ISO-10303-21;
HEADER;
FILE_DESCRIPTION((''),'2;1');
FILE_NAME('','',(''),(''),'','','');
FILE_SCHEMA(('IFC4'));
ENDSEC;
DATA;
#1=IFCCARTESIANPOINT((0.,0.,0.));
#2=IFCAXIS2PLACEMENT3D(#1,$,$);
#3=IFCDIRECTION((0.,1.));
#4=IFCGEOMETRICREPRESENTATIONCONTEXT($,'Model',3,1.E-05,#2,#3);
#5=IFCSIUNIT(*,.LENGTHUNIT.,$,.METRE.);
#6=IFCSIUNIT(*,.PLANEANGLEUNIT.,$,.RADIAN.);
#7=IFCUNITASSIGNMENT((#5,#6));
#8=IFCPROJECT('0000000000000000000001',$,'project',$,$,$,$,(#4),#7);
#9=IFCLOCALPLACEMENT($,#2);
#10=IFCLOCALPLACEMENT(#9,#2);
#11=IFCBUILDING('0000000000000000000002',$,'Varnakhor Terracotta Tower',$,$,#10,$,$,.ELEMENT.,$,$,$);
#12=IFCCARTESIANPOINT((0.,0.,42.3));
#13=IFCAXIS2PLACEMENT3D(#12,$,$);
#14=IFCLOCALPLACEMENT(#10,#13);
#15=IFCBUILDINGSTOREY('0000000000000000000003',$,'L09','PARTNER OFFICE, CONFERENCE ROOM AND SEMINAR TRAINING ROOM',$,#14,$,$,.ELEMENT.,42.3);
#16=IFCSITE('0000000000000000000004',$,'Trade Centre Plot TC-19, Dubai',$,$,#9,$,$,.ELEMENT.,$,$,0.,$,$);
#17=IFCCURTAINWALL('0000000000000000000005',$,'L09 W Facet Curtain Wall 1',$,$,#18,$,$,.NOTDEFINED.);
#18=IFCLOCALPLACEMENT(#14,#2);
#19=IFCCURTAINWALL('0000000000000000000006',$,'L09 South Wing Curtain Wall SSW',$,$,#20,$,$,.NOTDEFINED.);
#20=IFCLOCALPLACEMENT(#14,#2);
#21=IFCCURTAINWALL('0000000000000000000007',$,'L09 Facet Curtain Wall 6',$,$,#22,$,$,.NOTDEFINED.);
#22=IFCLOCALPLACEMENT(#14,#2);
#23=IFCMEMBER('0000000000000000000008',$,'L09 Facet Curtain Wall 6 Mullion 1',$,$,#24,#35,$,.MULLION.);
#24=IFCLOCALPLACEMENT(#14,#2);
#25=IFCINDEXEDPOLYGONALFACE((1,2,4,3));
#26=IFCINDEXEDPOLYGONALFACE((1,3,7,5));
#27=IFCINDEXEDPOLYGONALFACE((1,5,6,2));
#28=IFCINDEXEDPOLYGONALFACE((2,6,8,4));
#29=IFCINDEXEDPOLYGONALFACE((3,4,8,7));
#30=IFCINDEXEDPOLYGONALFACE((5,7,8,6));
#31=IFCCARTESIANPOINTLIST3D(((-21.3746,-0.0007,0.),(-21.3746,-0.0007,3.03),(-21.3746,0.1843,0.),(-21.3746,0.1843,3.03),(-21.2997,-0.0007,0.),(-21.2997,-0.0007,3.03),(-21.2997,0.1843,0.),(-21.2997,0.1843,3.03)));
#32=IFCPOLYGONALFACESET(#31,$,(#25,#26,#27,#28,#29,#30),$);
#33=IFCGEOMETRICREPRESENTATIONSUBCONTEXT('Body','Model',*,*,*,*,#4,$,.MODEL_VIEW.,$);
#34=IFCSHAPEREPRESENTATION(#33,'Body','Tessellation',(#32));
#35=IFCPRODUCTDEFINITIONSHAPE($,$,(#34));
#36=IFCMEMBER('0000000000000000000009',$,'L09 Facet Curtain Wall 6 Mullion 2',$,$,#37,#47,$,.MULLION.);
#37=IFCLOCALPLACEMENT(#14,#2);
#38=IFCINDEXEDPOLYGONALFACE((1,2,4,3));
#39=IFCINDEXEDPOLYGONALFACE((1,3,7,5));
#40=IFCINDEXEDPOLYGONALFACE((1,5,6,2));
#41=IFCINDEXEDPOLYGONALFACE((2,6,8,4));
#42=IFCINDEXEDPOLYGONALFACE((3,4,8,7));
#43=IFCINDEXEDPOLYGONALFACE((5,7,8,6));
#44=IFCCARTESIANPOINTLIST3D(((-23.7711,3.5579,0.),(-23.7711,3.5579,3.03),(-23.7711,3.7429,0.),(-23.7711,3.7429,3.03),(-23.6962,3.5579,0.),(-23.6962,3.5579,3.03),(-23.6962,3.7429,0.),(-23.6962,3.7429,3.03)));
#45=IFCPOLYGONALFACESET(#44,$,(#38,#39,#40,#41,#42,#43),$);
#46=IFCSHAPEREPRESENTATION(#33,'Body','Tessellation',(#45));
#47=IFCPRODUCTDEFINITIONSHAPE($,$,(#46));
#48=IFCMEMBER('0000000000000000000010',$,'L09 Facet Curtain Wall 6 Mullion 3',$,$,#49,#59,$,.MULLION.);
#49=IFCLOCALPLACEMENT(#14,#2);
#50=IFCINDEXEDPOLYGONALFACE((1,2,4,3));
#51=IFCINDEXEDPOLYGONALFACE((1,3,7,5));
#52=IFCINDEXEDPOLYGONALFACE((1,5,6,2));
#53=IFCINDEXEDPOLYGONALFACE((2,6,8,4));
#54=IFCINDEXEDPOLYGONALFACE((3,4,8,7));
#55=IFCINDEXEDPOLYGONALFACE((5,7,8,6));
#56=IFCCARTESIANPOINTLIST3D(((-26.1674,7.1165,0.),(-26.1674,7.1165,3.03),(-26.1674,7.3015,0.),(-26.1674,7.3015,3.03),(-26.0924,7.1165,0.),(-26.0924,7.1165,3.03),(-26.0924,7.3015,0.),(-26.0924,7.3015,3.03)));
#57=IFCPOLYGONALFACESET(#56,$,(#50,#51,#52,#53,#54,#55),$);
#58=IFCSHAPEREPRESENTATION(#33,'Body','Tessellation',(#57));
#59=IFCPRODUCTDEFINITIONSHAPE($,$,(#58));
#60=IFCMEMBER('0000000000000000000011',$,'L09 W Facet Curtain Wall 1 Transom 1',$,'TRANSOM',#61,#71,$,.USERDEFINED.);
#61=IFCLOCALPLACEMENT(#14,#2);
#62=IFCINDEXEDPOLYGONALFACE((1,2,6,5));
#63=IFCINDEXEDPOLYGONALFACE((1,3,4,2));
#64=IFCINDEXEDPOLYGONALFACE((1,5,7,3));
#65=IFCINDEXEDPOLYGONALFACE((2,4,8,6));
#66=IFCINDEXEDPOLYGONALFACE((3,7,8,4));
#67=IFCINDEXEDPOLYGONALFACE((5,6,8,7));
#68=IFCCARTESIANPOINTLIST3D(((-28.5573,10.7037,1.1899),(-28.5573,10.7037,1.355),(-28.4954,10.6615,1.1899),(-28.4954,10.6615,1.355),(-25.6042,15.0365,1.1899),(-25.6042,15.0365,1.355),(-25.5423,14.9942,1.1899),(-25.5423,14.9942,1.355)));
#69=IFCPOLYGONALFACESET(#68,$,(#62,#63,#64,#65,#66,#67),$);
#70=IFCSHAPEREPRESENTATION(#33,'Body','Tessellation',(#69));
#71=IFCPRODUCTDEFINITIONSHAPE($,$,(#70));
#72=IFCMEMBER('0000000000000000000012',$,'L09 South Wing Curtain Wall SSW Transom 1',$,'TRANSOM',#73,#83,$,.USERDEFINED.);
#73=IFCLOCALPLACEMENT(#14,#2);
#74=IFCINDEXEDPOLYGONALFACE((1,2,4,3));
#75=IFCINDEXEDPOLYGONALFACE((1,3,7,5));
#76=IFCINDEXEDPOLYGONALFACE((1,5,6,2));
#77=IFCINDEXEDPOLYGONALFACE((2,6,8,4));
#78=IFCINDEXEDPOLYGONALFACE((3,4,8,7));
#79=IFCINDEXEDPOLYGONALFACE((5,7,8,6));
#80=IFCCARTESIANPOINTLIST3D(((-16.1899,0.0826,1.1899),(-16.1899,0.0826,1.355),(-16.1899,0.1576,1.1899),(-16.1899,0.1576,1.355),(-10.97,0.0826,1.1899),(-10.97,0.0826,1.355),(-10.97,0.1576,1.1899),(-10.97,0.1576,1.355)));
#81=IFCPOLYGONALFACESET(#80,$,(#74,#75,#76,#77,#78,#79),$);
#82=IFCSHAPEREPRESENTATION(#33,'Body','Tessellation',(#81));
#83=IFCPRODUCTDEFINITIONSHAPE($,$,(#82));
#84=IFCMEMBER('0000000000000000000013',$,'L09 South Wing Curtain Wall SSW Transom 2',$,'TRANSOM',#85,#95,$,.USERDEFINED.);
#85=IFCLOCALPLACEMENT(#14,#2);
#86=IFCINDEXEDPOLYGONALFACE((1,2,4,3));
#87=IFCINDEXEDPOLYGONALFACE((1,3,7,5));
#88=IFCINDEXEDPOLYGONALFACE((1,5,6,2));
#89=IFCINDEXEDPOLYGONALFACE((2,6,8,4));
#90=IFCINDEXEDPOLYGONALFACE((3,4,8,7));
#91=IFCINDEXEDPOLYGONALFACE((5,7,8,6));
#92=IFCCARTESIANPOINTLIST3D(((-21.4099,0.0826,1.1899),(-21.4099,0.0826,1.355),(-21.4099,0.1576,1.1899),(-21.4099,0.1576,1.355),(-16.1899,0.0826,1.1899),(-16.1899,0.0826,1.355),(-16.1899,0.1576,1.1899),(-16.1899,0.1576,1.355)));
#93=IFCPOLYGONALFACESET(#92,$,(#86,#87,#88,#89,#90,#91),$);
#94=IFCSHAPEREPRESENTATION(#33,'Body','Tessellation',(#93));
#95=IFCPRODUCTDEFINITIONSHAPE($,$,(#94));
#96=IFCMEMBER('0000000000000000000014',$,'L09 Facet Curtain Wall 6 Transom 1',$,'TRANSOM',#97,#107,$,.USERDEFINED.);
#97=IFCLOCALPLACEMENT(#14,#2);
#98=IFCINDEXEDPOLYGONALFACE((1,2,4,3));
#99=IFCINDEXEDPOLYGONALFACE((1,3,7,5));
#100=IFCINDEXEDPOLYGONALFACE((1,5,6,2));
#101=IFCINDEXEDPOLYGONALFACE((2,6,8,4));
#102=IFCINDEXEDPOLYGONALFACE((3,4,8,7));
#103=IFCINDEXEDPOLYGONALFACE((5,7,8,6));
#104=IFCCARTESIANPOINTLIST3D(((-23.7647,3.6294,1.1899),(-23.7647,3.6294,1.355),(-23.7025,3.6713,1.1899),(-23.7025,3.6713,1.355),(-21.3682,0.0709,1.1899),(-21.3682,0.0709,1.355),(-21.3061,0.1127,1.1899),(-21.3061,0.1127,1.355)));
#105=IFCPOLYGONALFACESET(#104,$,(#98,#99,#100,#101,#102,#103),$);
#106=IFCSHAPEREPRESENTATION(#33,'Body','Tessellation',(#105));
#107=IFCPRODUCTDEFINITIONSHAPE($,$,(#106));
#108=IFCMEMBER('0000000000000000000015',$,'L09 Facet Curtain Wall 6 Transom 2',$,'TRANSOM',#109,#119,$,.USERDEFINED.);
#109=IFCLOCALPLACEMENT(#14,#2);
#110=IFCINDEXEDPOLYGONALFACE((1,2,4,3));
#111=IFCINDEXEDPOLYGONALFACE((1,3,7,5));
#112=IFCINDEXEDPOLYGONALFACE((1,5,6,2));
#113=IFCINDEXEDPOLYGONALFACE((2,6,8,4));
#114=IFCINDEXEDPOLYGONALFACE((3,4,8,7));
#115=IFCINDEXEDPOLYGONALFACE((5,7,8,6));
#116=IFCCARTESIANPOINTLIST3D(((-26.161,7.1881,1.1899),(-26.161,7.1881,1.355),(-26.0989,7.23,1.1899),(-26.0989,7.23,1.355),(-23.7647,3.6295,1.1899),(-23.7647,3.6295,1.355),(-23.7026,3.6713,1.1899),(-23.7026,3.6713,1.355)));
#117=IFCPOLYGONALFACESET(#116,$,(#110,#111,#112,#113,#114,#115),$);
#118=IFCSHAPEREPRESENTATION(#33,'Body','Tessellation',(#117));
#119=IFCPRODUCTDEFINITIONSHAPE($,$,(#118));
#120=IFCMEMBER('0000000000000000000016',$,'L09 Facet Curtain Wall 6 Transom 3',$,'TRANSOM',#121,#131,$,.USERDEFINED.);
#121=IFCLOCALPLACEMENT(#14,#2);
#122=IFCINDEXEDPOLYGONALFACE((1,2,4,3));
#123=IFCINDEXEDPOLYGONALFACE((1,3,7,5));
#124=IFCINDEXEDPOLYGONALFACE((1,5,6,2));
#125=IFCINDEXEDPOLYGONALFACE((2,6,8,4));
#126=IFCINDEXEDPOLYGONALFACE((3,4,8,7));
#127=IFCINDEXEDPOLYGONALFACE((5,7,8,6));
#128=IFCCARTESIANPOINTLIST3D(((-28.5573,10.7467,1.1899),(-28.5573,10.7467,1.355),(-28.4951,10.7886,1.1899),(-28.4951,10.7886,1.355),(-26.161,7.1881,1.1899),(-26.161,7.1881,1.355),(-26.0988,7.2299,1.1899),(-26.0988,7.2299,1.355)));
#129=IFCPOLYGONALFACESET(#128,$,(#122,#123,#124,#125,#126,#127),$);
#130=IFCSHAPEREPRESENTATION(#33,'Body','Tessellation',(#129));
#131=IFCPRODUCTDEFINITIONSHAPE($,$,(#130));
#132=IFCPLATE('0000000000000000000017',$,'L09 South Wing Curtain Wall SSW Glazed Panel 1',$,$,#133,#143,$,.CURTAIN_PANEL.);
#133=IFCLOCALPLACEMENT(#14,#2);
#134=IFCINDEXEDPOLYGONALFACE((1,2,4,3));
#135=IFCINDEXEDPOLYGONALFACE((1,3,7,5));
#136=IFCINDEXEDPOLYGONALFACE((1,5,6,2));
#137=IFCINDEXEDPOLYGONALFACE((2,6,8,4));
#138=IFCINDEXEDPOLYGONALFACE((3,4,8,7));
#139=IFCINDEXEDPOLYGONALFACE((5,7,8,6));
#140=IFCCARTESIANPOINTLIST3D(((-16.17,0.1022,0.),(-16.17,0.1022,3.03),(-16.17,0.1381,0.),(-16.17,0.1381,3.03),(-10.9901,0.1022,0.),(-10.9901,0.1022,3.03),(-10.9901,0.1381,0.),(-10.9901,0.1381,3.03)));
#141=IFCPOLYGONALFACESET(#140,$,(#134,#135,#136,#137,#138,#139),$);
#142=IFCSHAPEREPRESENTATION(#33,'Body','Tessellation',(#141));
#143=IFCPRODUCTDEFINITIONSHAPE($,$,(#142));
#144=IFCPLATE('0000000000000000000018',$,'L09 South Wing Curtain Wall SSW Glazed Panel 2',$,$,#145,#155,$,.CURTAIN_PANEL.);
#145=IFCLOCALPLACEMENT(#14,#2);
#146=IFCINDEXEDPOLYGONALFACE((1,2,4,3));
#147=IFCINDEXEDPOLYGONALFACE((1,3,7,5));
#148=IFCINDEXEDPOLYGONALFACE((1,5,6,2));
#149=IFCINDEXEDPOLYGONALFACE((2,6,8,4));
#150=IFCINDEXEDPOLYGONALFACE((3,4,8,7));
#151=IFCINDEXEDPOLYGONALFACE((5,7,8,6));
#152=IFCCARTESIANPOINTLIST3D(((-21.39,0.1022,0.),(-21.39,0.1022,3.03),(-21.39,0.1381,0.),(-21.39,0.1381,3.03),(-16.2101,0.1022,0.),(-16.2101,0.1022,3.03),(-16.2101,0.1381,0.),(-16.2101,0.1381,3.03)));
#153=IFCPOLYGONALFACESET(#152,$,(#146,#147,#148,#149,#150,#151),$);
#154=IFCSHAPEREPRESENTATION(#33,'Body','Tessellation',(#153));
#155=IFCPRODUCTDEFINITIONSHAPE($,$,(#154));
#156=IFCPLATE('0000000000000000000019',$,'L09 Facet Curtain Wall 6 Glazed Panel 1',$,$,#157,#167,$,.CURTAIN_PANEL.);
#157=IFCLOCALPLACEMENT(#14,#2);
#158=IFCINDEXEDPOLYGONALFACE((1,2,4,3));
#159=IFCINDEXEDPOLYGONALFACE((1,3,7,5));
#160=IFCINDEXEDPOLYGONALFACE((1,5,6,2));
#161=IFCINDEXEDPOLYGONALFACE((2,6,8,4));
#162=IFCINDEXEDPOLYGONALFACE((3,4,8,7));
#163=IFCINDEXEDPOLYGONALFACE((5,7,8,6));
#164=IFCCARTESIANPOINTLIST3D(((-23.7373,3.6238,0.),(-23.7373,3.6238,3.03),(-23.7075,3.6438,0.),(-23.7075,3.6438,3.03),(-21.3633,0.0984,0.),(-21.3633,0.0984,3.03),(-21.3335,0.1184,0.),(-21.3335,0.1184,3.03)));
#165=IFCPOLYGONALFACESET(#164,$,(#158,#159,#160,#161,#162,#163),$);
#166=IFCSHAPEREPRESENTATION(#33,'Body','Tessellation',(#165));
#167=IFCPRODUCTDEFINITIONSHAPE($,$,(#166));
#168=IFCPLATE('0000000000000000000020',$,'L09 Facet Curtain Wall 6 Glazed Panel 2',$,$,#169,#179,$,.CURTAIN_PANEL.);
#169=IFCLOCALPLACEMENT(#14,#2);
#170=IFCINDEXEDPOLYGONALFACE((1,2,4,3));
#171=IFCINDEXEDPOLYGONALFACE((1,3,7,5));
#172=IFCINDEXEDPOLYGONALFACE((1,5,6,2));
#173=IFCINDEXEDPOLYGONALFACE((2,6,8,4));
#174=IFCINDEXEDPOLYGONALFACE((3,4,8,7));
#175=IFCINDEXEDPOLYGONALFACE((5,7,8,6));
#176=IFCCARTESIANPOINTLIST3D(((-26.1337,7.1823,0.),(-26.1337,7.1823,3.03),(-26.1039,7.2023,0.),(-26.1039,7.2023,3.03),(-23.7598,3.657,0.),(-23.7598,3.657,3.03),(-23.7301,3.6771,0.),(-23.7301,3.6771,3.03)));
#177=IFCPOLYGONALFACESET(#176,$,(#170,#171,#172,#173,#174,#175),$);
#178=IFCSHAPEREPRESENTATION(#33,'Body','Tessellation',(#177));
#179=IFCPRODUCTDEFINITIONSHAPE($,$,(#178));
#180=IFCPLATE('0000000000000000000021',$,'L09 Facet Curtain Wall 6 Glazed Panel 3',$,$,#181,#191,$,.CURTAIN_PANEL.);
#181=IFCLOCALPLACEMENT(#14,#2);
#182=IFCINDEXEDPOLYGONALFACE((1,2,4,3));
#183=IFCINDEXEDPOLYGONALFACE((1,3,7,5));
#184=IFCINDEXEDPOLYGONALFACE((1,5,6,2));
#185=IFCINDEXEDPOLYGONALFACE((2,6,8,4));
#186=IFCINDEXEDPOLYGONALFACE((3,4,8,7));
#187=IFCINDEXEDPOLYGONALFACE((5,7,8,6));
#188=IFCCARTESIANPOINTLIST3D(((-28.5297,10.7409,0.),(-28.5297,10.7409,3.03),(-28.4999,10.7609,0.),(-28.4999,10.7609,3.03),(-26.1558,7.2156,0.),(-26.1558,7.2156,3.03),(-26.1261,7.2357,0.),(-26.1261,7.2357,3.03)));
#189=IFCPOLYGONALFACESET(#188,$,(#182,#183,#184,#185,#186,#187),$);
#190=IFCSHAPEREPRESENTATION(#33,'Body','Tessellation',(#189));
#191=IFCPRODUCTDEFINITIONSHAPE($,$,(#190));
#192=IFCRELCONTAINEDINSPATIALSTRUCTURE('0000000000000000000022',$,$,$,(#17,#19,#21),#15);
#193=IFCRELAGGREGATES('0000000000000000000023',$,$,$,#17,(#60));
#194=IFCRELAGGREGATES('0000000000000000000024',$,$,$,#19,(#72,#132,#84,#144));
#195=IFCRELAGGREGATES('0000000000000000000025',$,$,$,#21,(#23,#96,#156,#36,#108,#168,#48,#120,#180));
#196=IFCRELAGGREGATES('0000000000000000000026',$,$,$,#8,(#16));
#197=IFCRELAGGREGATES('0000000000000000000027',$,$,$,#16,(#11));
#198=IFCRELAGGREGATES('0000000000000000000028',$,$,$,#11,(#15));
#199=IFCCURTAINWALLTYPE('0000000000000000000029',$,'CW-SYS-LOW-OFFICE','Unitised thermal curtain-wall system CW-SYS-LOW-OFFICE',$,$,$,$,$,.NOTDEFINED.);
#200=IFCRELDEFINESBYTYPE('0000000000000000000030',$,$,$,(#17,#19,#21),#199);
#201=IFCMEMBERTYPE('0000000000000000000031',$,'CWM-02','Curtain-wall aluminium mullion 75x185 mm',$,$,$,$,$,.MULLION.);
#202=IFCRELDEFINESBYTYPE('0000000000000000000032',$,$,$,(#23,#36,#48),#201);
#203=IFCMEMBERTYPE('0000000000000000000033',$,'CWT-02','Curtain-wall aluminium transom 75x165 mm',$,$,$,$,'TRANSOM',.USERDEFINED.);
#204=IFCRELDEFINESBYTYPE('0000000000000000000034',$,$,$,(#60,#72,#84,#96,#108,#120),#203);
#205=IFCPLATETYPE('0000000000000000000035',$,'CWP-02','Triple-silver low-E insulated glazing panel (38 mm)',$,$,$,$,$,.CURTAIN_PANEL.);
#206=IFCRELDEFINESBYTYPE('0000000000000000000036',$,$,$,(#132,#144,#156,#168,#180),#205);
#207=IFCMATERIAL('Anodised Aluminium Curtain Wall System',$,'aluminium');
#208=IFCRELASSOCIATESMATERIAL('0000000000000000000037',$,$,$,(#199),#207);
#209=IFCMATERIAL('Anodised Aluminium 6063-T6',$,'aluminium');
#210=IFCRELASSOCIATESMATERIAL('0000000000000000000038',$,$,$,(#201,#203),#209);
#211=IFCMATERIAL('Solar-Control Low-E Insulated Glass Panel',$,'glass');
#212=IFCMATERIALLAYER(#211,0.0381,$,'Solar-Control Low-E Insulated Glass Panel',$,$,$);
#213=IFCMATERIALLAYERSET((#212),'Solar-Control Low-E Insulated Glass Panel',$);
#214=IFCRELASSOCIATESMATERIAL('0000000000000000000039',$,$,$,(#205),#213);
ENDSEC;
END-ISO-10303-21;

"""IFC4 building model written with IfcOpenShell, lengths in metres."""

from ifc_helpers import new_model, si_unit, direction, frame, origin, origin_2d, place, context, subcontext, project, spatial, rectangle, extrude, source, transform, mapped, material, layer, layer_set, material_profile, profile_set, type_object, type_shapes, element, aggregate, save


model = new_model("IFC4")

# Units and contexts
model_context = context("Model", 3, precision=1e-05, world=origin(), true_north=direction((0.0, 1.0)))
body_context = subcontext(model_context, "Body", "Model", "MODEL_VIEW")
ifc_project = project(units=[si_unit("LENGTHUNIT", "METRE"), si_unit("PLANEANGLEUNIT", "RADIAN")], contexts=[model_context])

# Site, building, storey
site_placement = place(None, origin())
site = spatial("IfcSite", under=ifc_project, at=site_placement, Name="Trade Centre Plot TC-19, Dubai", CompositionType="ELEMENT", RefElevation=0.0)
building_placement = place(site_placement, origin())
building = spatial("IfcBuilding", under=site, at=building_placement, Name="Varnakhor Terracotta Tower", CompositionType="ELEMENT")
storey_placement = place(building_placement, frame((0.0, 0.0, 42.3)))
storey = spatial("IfcBuildingStorey", under=building, at=storey_placement, Name="L09", Description="PARTNER OFFICE, CONFERENCE ROOM AND SEMINAR TRAINING ROOM", CompositionType="ELEMENT", Elevation=42.3)

# Curtain wall
ifc_material_1 = material(Name="Anodised Aluminium Curtain Wall System", Category="aluminium")
curtain_wall_type = type_object("IfcCurtainWallType", Name="CW-SYS-LOW-OFFICE", Description="Unitised thermal curtain-wall system CW-SYS-LOW-OFFICE", PredefinedType="NOTDEFINED", material=ifc_material_1)
curtain_wall_1_placement = place(storey_placement, origin())
curtain_wall_1 = element("IfcCurtainWall", 1, at=curtain_wall_1_placement, inside=storey, type_object=curtain_wall_type, Name="L09 W Facet Curtain Wall 1", PredefinedType="NOTDEFINED")
ifc_material_2 = material(Name="Anodised Aluminium 6063-T6", Category="aluminium")
ifc_material_profile_1 = material_profile(ifc_material_2, rectangle(XDim=0.075, YDim=0.1851, at=origin_2d()), Name="ALU MULLION 75x185")
ifc_profile_set_1 = profile_set([ifc_material_profile_1], Name="Anodised Aluminium 6063-T6")
member_type_1 = type_object("IfcMemberType", Name="CWM-02", Description="Curtain-wall aluminium mullion 75x185 mm", PredefinedType="MULLION", material=ifc_profile_set_1)
shared_shape_1 = source(origin(), body_context, "Body", "SweptSolid", [
    extrude(rectangle(XDim=0.075, YDim=0.1851, at=origin_2d()), origin(), (0.0, 0.0, 1.0), 3.03),
])
type_shapes(member_type_1, [shared_shape_1])

# Curtain walls, members
curtain_wall_2_placement = place(storey_placement, origin())
curtain_wall_2 = element("IfcCurtainWall", 2, at=curtain_wall_2_placement, inside=storey, type_object=curtain_wall_type, Name="L09 South Wing Curtain Wall SSW", PredefinedType="NOTDEFINED")
curtain_wall_3_placement = place(storey_placement, origin())
curtain_wall_3 = element("IfcCurtainWall", 3, at=curtain_wall_3_placement, inside=storey, type_object=curtain_wall_type, Name="L09 Facet Curtain Wall 6", PredefinedType="NOTDEFINED")
member_1_placement = place(storey_placement, frame((-21.3372, 0.0918, 0.0), z_axis=(0.0, 0.0, 1.0), x_axis=(1.0, 0.0, 0.0)))
member_1 = element("IfcMember", 4, at=member_1_placement, type_object=member_type_1, Name="L09 Facet Curtain Wall 6 Mullion 1", PredefinedType="MULLION", context=body_context, shape_type="MappedRepresentation", body=[
    mapped(shared_shape_1, transform((0.0, 0.0, 0.0), scale=1.0)),
])
member_2_placement = place(storey_placement, frame((-23.7336, 3.6504, 0.0), z_axis=(0.0, 0.0, 1.0), x_axis=(1.0, 0.0, 0.0)))
member_2 = element("IfcMember", 5, at=member_2_placement, type_object=member_type_1, Name="L09 Facet Curtain Wall 6 Mullion 2", PredefinedType="MULLION", context=body_context, shape_type="MappedRepresentation", body=[
    mapped(shared_shape_1, transform((0.0, 0.0, 0.0), scale=1.0)),
])
member_3_placement = place(storey_placement, frame((-26.1299, 7.209, 0.0), z_axis=(0.0, 0.0, 1.0), x_axis=(1.0, 0.0, 0.0)))
member_3 = element("IfcMember", 6, at=member_3_placement, type_object=member_type_1, Name="L09 Facet Curtain Wall 6 Mullion 3", PredefinedType="MULLION", context=body_context, shape_type="MappedRepresentation", body=[
    mapped(shared_shape_1, transform((0.0, 0.0, 0.0), scale=1.0)),
])

# Members
ifc_material_profile_2 = material_profile(ifc_material_2, rectangle(XDim=0.075, YDim=0.165, at=origin_2d()), Name="ALU TRANSOM 75x165")
ifc_profile_set_2 = profile_set([ifc_material_profile_2], Name="Anodised Aluminium 6063-T6")
member_type_2 = type_object("IfcMemberType", Name="CWT-02", Description="Curtain-wall aluminium transom 75x165 mm", ElementType="TRANSOM", PredefinedType="USERDEFINED", material=ifc_profile_set_2)
shared_shape_2 = source(origin(), body_context, "Body", "SweptSolid", [
    extrude(rectangle(XDim=0.075, YDim=0.165, at=origin_2d()), origin(), (0.0, 0.0, 1.0), 5.2434),
])
member_4_placement = place(storey_placement, frame((-28.5264, 10.6826, 1.2725), z_axis=(0.563202, 0.826319, 0.0), x_axis=(-0.826319, 0.563202, 0.0)))
member_4 = element("IfcMember", 7, at=member_4_placement, type_object=member_type_2, Name="L09 W Facet Curtain Wall 1 Transom 1", ObjectType="TRANSOM", PredefinedType="USERDEFINED", context=body_context, shape_type="MappedRepresentation", body=[
    mapped(shared_shape_2, transform((0.0, 0.0, 0.0), scale=1.0)),
])
aggregate(curtain_wall_1, [member_4])
shared_shape_3 = source(origin(), body_context, "Body", "SweptSolid", [
    extrude(rectangle(XDim=0.075, YDim=0.165, at=origin_2d()), origin(), (0.0, 0.0, 1.0), 5.22),
])
member_5_placement = place(storey_placement, frame((-10.97, 0.1201, 1.2725), z_axis=(-1.0, 0.0, 0.0), x_axis=(0.0, -1.0, 0.0)))
member_5 = element("IfcMember", 8, at=member_5_placement, type_object=member_type_2, Name="L09 South Wing Curtain Wall SSW Transom 1", ObjectType="TRANSOM", PredefinedType="USERDEFINED", context=body_context, shape_type="MappedRepresentation", body=[
    mapped(shared_shape_3, transform((0.0, 0.0, 0.0), scale=1.0)),
])
member_6_placement = place(storey_placement, frame((-16.1899, 0.1201, 1.2725), z_axis=(-1.0, 0.0, 0.0), x_axis=(0.0, -1.0, 0.0)))
member_6 = element("IfcMember", 9, at=member_6_placement, type_object=member_type_2, Name="L09 South Wing Curtain Wall SSW Transom 2", ObjectType="TRANSOM", PredefinedType="USERDEFINED", context=body_context, shape_type="MappedRepresentation", body=[
    mapped(shared_shape_3, transform((0.0, 0.0, 0.0), scale=1.0)),
])
shared_shape_4 = source(origin(), body_context, "Body", "SweptSolid", [
    extrude(rectangle(XDim=0.075, YDim=0.165, at=origin_2d()), origin(), (0.0, 0.0, 1.0), 4.2903),
])
member_7_placement = place(storey_placement, frame((-21.3372, 0.0918, 1.2725), z_axis=(-0.558581, 0.82945, 0.0), x_axis=(-0.82945, -0.558581, 0.0)))
member_7 = element("IfcMember", 10, at=member_7_placement, type_object=member_type_2, Name="L09 Facet Curtain Wall 6 Transom 1", ObjectType="TRANSOM", PredefinedType="USERDEFINED", context=body_context, shape_type="MappedRepresentation", body=[
    mapped(shared_shape_4, transform((0.0, 0.0, 0.0), scale=1.0)),
])
member_8_placement = place(storey_placement, frame((-23.7336, 3.6504, 1.2725), z_axis=(-0.558542, 0.829476, 0.0), x_axis=(-0.829476, -0.558542, 0.0)))
member_8 = element("IfcMember", 11, at=member_8_placement, type_object=member_type_2, Name="L09 Facet Curtain Wall 6 Transom 2", ObjectType="TRANSOM", PredefinedType="USERDEFINED", context=body_context, shape_type="MappedRepresentation", body=[
    mapped(shared_shape_4, transform((0.0, 0.0, 0.0), scale=1.0)),
])
member_9_placement = place(storey_placement, frame((-26.1299, 7.209, 1.2725), z_axis=(-0.558542, 0.829476, 0.0), x_axis=(-0.829476, -0.558542, 0.0)))
member_9 = element("IfcMember", 12, at=member_9_placement, type_object=member_type_2, Name="L09 Facet Curtain Wall 6 Transom 3", ObjectType="TRANSOM", PredefinedType="USERDEFINED", context=body_context, shape_type="MappedRepresentation", body=[
    mapped(shared_shape_4, transform((0.0, 0.0, 0.0), scale=1.0)),
])

# Plates
ifc_material_3 = material(Name="Solar-Control Low-E Insulated Glass Panel", Category="glass")
ifc_layer_1 = layer(ifc_material_3, 0.0381, Name="Solar-Control Low-E Insulated Glass Panel")
ifc_layer_set_1 = layer_set([ifc_layer_1], Name="Solar-Control Low-E Insulated Glass Panel")
plate_type = type_object("IfcPlateType", Name="CWP-02", Description="Triple-silver low-E insulated glazing panel (38 mm)", PredefinedType="CURTAIN_PANEL", material=ifc_layer_set_1)
shared_shape_5 = source(origin(), body_context, "Body", "SweptSolid", [
    extrude(rectangle(XDim=5.1799, YDim=0.0359, at=origin_2d()), origin(), (0.0, 0.0, 1.0), 3.03),
])
plate_1_placement = place(storey_placement, frame((-13.5801, 0.1201, 0.0), z_axis=(0.0, 0.0, 1.0), x_axis=(-1.0, 0.0, 0.0)))
plate_1 = element("IfcPlate", 13, at=plate_1_placement, type_object=plate_type, Name="L09 South Wing Curtain Wall SSW Glazed Panel 1", PredefinedType="CURTAIN_PANEL", context=body_context, shape_type="MappedRepresentation", body=[
    mapped(shared_shape_5, transform((0.0, 0.0, 0.0), scale=1.0)),
])
plate_2_placement = place(storey_placement, frame((-18.8, 0.1201, 0.0), z_axis=(0.0, 0.0, 1.0), x_axis=(-1.0, 0.0, 0.0)))
plate_2 = element("IfcPlate", 14, at=plate_2_placement, type_object=plate_type, Name="L09 South Wing Curtain Wall SSW Glazed Panel 2", PredefinedType="CURTAIN_PANEL", context=body_context, shape_type="MappedRepresentation", body=[
    mapped(shared_shape_5, transform((0.0, 0.0, 0.0), scale=1.0)),
])
aggregate(curtain_wall_2, [member_5, plate_1, member_6, plate_2])
shared_shape_6 = source(origin(), body_context, "Body", "SweptSolid", [
    extrude(rectangle(XDim=4.2502, YDim=0.0359, at=origin_2d()), origin(), (0.0, 0.0, 1.0), 3.03),
])
plate_3_placement = place(storey_placement, frame((-22.5354, 1.8711, 0.0), z_axis=(0.0, 0.0, 1.0), x_axis=(-0.558556, 0.829467, 0.0)))
plate_3 = element("IfcPlate", 15, at=plate_3_placement, type_object=plate_type, Name="L09 Facet Curtain Wall 6 Glazed Panel 1", PredefinedType="CURTAIN_PANEL", context=body_context, shape_type="MappedRepresentation", body=[
    mapped(shared_shape_6, transform((0.0, 0.0, 0.0), scale=1.0)),
])
shared_shape_7 = source(origin(), body_context, "Body", "SweptSolid", [
    extrude(rectangle(XDim=4.25, YDim=0.0359, at=origin_2d()), origin(), (0.0, 0.0, 1.0), 3.03),
])
plate_4_placement = place(storey_placement, frame((-24.9319, 5.4297, 0.0), z_axis=(0.0, 0.0, 1.0), x_axis=(-0.558556, 0.829467, 0.0)))
plate_4 = element("IfcPlate", 16, at=plate_4_placement, type_object=plate_type, Name="L09 Facet Curtain Wall 6 Glazed Panel 2", PredefinedType="CURTAIN_PANEL", context=body_context, shape_type="MappedRepresentation", body=[
    mapped(shared_shape_7, transform((0.0, 0.0, 0.0), scale=1.0)),
])
plate_5_placement = place(storey_placement, frame((-27.3279, 8.9883, 0.0), z_axis=(0.0, 0.0, 1.0), x_axis=(-0.558556, 0.829467, 0.0)))
plate_5 = element("IfcPlate", 17, at=plate_5_placement, type_object=plate_type, Name="L09 Facet Curtain Wall 6 Glazed Panel 3", PredefinedType="CURTAIN_PANEL", context=body_context, shape_type="MappedRepresentation", body=[
    mapped(shared_shape_7, transform((0.0, 0.0, 0.0), scale=1.0)),
])
aggregate(curtain_wall_3, [member_1, member_7, plate_3, member_2, member_8, plate_4, member_3, member_9, plate_5])

save(model, "model.ifc")
